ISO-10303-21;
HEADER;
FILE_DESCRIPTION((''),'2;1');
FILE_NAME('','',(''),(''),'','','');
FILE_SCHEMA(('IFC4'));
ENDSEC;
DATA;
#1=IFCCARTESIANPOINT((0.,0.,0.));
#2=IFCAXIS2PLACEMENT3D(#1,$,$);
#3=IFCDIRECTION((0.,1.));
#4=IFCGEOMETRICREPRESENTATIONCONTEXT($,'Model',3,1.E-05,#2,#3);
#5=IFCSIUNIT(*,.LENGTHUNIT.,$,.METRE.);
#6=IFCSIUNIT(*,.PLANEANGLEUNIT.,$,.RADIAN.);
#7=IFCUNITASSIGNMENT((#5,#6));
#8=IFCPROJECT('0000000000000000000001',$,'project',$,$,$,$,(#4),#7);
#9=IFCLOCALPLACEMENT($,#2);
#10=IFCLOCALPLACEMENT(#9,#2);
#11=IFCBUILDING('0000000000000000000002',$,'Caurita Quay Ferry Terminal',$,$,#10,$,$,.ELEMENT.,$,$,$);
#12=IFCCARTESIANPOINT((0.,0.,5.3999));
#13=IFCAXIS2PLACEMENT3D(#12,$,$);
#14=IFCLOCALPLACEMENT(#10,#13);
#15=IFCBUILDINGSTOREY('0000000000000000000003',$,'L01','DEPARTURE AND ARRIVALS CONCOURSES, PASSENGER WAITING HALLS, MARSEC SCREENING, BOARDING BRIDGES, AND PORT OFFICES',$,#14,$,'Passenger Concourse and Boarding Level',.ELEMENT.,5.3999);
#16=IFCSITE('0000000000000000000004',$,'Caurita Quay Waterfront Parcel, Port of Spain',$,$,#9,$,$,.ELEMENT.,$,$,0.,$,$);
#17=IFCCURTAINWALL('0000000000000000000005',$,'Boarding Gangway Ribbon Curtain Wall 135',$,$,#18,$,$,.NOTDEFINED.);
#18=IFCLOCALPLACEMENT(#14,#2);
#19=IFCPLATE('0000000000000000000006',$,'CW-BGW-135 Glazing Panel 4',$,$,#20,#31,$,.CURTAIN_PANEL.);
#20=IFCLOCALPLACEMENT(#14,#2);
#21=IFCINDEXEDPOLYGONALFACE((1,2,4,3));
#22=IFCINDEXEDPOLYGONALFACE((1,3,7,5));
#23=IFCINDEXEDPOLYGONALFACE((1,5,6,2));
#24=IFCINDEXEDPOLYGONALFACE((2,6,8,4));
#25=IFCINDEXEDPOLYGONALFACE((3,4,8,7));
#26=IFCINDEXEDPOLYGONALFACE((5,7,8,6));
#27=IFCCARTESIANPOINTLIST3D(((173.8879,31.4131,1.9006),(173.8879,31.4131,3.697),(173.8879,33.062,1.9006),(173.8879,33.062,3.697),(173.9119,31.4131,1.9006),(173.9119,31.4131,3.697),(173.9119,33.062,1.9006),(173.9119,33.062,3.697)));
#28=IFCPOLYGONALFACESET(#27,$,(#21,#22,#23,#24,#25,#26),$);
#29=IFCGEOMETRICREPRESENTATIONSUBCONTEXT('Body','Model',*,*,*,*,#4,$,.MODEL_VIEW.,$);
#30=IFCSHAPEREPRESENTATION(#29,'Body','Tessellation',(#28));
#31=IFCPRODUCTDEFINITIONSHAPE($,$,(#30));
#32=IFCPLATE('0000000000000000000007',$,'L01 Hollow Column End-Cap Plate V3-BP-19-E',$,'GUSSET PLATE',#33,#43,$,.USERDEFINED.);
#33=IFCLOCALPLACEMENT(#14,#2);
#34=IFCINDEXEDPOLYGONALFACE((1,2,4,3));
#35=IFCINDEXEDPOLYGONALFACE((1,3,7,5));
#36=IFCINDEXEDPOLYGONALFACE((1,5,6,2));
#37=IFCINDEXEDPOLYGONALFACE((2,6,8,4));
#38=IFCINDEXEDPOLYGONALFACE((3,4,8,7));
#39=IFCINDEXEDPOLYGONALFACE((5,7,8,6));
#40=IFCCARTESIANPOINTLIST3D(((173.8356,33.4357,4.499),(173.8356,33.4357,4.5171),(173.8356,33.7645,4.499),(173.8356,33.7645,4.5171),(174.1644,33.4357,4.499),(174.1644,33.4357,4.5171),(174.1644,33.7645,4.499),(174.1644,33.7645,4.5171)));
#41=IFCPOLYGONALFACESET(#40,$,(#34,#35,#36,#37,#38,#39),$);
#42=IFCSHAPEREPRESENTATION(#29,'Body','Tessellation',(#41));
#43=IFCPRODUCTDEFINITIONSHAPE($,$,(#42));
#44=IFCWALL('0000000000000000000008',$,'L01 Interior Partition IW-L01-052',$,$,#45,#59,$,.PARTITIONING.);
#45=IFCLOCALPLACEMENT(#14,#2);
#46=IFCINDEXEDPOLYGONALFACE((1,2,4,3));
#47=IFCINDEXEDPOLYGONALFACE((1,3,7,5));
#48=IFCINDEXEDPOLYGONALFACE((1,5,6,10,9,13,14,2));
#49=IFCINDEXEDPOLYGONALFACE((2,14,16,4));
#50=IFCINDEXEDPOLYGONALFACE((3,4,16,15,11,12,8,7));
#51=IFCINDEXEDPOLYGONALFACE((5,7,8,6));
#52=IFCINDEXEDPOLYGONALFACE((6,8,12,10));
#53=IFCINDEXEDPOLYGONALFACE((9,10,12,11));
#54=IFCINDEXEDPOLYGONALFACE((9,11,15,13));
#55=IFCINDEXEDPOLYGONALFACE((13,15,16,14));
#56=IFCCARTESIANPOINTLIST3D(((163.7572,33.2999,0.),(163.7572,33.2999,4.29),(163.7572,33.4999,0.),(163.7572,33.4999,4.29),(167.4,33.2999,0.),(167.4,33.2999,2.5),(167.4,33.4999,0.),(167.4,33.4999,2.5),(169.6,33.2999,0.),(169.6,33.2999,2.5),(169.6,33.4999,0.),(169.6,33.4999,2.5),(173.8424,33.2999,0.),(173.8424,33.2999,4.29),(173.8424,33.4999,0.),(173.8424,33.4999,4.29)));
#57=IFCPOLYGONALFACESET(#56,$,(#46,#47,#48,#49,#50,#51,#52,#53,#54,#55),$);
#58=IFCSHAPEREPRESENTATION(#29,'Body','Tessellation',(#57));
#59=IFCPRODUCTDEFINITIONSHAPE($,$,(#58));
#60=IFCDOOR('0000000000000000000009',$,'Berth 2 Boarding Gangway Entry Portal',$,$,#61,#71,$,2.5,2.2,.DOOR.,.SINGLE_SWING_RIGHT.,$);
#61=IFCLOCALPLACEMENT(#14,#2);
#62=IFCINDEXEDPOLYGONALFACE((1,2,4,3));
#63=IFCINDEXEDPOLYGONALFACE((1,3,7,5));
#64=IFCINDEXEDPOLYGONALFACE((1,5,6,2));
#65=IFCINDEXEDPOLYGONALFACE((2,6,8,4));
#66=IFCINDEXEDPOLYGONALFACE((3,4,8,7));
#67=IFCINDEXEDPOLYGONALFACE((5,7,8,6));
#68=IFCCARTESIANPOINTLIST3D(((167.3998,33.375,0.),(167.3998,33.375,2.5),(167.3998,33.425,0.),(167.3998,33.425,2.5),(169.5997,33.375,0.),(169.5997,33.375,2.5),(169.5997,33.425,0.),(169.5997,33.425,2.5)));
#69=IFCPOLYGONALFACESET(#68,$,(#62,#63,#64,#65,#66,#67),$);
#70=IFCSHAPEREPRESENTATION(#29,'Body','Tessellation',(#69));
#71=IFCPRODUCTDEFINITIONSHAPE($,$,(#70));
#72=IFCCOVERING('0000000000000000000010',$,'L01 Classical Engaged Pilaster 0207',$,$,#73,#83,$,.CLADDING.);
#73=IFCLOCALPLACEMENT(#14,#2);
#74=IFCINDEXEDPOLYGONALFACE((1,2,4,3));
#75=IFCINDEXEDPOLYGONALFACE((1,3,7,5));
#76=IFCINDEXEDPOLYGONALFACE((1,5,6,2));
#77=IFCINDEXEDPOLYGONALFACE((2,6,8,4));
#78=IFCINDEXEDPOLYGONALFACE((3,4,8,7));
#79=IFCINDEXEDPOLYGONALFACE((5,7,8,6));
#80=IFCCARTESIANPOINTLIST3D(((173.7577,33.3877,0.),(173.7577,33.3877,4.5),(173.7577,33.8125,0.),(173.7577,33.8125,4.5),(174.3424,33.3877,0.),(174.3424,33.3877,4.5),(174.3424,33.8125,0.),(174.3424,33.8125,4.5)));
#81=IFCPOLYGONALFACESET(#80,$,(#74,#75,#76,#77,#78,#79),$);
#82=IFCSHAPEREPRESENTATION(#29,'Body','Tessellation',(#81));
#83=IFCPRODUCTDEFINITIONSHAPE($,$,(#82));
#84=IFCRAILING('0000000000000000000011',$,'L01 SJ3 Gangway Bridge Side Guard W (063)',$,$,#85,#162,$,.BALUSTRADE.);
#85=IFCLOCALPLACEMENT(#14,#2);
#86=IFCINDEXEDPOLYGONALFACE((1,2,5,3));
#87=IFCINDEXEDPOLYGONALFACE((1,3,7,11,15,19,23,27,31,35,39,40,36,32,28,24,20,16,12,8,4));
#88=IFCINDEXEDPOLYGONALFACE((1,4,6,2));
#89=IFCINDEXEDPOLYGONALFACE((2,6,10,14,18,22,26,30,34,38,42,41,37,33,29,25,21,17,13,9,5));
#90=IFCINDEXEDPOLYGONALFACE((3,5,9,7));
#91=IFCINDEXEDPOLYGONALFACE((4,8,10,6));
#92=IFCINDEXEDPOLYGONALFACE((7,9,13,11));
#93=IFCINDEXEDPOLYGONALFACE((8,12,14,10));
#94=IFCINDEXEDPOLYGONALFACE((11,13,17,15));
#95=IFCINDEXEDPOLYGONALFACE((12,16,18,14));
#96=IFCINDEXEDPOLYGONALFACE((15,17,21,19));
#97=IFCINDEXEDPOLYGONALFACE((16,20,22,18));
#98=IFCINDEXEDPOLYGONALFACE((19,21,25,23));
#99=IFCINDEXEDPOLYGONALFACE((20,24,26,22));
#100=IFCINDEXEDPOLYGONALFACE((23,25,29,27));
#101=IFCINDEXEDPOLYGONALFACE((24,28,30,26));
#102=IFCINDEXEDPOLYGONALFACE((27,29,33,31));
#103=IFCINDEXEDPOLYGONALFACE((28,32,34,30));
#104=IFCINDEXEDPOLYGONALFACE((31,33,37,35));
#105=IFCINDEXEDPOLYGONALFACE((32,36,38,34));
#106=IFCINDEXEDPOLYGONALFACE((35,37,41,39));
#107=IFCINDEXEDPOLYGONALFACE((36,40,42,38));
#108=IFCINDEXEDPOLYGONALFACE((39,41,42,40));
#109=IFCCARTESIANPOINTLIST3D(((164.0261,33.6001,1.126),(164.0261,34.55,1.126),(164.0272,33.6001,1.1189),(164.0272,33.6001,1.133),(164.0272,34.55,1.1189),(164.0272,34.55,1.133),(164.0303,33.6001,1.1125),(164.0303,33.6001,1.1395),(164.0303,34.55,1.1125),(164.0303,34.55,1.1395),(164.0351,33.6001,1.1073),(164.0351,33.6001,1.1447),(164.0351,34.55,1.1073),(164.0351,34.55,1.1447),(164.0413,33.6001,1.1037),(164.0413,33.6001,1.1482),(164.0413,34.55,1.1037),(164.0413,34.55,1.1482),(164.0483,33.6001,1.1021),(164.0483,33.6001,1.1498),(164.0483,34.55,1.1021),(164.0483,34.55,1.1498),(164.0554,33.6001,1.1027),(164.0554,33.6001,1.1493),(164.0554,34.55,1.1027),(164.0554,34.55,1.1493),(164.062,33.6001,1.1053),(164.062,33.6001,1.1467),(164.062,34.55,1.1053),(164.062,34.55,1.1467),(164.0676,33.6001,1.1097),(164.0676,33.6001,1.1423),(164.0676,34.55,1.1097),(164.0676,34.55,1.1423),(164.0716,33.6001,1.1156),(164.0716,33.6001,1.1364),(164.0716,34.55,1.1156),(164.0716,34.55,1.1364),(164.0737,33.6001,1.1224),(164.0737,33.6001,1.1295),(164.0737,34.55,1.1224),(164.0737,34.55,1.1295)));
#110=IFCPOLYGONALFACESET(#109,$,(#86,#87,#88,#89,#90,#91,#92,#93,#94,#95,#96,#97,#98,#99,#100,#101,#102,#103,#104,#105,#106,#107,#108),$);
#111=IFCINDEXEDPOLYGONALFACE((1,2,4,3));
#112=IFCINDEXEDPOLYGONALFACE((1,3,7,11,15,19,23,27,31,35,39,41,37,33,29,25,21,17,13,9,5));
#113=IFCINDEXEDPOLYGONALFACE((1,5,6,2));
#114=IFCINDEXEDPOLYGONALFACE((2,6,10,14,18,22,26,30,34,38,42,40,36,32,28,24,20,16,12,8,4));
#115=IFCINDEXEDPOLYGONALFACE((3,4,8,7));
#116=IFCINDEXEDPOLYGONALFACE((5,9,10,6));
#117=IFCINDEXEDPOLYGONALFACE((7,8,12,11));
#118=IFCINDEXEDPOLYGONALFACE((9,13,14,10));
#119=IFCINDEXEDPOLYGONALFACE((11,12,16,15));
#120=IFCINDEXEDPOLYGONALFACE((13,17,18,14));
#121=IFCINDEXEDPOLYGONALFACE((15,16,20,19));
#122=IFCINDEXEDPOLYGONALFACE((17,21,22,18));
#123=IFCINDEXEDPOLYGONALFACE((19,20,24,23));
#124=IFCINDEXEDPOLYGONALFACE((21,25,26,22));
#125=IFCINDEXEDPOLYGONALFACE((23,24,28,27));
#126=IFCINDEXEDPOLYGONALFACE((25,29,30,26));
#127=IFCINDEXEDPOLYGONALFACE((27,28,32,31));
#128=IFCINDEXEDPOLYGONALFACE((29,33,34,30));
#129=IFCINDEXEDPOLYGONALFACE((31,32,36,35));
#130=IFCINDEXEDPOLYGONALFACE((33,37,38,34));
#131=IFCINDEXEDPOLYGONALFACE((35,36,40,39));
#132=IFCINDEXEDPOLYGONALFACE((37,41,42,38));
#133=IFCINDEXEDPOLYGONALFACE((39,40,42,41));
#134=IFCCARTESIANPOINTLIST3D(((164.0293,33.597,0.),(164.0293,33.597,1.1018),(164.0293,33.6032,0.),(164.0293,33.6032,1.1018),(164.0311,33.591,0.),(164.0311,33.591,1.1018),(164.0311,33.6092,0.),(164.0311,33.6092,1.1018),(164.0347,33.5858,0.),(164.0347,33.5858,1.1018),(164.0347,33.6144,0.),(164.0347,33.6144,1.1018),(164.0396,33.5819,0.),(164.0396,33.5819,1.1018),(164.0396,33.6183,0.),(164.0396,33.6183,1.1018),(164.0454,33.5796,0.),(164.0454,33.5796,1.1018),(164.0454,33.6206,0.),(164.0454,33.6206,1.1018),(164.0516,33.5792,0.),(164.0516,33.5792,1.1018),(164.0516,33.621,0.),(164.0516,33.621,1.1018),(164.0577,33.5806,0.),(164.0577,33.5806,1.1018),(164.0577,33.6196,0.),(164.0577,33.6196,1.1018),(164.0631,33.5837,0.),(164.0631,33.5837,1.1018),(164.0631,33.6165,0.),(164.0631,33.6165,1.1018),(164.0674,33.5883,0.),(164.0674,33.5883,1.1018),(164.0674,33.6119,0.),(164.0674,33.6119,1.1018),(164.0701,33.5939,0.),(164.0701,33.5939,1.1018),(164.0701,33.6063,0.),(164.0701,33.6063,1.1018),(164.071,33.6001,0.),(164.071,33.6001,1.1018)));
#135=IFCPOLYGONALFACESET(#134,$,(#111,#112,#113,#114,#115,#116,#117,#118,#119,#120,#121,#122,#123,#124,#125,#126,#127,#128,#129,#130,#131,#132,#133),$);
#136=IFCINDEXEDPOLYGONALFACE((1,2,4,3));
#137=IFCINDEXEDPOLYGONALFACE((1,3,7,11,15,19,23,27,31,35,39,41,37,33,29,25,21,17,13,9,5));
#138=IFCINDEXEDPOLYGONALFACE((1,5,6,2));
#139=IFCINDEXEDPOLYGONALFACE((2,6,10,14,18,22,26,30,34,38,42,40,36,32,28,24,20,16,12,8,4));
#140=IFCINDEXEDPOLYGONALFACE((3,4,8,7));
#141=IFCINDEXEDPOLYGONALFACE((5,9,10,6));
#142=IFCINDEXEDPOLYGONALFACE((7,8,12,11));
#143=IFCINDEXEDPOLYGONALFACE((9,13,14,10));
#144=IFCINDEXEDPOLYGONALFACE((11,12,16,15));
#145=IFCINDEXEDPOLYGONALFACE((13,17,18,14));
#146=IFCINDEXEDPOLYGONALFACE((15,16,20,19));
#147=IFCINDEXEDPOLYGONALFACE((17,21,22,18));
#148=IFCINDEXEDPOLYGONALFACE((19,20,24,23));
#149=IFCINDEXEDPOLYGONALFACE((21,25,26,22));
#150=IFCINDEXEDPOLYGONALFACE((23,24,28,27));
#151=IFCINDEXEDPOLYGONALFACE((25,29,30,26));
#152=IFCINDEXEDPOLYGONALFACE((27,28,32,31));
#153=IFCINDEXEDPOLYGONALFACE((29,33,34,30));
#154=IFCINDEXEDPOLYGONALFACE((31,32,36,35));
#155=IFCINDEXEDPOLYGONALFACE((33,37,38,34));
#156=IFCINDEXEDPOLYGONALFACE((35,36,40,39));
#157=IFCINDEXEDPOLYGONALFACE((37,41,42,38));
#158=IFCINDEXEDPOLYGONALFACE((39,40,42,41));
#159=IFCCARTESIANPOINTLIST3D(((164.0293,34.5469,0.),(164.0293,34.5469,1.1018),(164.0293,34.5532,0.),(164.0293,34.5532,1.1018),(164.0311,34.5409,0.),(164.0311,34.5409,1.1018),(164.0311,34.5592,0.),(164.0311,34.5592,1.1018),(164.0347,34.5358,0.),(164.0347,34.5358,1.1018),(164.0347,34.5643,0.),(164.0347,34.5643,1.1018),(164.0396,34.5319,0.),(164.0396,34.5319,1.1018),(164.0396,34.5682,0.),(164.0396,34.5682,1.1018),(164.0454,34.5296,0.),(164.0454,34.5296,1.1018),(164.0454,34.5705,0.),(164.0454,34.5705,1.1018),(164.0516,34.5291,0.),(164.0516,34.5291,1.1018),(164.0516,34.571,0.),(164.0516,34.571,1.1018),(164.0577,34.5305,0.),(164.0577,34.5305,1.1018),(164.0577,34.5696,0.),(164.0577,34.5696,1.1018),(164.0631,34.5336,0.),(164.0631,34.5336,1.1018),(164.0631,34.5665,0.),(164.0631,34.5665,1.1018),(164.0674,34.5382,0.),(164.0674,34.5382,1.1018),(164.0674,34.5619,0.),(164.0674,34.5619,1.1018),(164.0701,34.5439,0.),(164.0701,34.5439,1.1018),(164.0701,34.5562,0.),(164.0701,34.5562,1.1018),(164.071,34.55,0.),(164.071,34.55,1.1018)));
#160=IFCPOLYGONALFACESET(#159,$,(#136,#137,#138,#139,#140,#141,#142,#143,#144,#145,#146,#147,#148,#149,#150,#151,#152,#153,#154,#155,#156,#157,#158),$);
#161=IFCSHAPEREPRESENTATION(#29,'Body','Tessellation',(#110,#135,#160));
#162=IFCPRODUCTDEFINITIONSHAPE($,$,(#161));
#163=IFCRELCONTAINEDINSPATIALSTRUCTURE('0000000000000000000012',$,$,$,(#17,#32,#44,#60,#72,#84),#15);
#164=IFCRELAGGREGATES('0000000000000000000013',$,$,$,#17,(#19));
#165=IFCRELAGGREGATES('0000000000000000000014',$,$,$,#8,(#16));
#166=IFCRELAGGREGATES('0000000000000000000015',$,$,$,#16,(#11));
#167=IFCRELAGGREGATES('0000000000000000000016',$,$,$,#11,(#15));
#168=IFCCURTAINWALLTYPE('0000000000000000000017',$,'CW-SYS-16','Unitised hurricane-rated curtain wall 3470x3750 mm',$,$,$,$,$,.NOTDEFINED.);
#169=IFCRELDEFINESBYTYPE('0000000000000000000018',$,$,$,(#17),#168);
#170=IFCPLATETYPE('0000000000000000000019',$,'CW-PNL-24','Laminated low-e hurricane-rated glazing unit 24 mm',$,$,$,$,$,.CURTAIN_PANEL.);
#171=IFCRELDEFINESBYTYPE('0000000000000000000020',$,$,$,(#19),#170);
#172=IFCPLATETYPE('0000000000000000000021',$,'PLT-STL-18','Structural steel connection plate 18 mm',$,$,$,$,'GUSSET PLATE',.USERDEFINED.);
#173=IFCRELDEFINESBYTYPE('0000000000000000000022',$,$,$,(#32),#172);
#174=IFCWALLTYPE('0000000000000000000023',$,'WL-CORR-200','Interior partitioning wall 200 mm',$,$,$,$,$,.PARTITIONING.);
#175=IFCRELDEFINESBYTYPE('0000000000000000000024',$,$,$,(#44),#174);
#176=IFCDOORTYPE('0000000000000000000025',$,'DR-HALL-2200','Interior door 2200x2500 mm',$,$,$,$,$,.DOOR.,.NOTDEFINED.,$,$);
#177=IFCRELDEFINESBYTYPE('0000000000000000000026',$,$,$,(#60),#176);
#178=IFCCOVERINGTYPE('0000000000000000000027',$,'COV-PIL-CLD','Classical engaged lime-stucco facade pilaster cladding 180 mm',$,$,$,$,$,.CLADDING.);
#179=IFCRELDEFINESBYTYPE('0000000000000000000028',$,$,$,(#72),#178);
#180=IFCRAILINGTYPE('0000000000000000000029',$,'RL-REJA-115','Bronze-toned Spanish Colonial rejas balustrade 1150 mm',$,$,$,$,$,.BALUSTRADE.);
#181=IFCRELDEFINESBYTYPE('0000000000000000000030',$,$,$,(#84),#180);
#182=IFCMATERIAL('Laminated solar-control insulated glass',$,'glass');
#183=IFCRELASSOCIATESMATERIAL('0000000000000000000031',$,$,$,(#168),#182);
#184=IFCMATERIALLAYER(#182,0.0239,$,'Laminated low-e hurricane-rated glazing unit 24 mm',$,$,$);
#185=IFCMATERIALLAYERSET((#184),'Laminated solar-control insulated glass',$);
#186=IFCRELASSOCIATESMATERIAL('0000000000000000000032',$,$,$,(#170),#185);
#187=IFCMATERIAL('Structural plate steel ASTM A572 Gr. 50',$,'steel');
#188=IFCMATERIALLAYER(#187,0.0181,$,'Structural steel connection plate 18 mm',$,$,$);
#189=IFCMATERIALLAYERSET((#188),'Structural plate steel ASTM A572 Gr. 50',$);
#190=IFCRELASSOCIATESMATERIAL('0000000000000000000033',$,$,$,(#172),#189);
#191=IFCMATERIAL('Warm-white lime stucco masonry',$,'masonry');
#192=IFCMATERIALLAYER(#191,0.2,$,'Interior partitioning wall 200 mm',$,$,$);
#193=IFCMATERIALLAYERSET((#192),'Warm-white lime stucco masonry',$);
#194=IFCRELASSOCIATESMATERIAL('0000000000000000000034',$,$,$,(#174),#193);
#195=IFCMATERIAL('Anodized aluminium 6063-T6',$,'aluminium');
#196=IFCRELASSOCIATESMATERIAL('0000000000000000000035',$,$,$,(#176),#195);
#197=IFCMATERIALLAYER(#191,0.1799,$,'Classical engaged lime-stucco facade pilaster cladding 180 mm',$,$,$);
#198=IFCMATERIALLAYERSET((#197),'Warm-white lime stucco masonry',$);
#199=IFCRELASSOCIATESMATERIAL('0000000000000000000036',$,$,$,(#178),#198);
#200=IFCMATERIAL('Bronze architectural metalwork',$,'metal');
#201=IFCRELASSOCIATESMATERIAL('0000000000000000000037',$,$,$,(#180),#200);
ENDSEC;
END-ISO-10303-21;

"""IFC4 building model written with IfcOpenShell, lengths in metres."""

from ifc_helpers import new_model, si_unit, direction, frame, frame_2d, origin, origin_2d, place, context, subcontext, project, spatial, rectangle, circle, extrude, material, layer, layer_set, type_object, element, fill, aggregate, save


model = new_model("IFC4")

# Units and contexts
model_context = context("Model", 3, precision=1e-05, world=origin(), true_north=direction((0.0, 1.0)))
body_context = subcontext(model_context, "Body", "Model", "MODEL_VIEW")
ifc_project = project(units=[si_unit("LENGTHUNIT", "METRE"), si_unit("PLANEANGLEUNIT", "RADIAN")], contexts=[model_context])

# Site, building, storey
site_placement = place(None, origin())
site = spatial("IfcSite", under=ifc_project, at=site_placement, Name="Caurita Quay Waterfront Parcel, Port of Spain", CompositionType="ELEMENT", RefElevation=0.0)
building_placement = place(site_placement, origin())
building = spatial("IfcBuilding", under=site, at=building_placement, Name="Caurita Quay Ferry Terminal", CompositionType="ELEMENT")
storey_placement = place(building_placement, frame((0.0, 0.0, 5.3999)))
storey = spatial("IfcBuildingStorey", under=building, at=storey_placement, Name="L01", Description="DEPARTURE AND ARRIVALS CONCOURSES, PASSENGER WAITING HALLS, MARSEC SCREENING, BOARDING BRIDGES, AND PORT OFFICES", LongName="Passenger Concourse and Boarding Level", CompositionType="ELEMENT", Elevation=5.3999)

# Curtain wall
ifc_material_1 = material(Name="Laminated solar-control insulated glass", Category="glass")
curtain_wall_type = type_object("IfcCurtainWallType", Name="CW-SYS-16", Description="Unitised hurricane-rated curtain wall 3470x3750 mm", PredefinedType="NOTDEFINED", material=ifc_material_1)
ifc_material_2 = material(Name="Anodized aluminium 6063-T6", Category="aluminium")
curtain_wall_1_placement = place(storey_placement, origin())
curtain_wall_1 = element("IfcCurtainWall", 1, at=curtain_wall_1_placement, inside=storey, type_object=curtain_wall_type, Name="Boarding Gangway Ribbon Curtain Wall 135", PredefinedType="NOTDEFINED")

# Plates
ifc_layer_1 = layer(ifc_material_1, 0.0239, Name="Laminated low-e hurricane-rated glazing unit 24 mm")
ifc_layer_set_1 = layer_set([ifc_layer_1], Name="Laminated solar-control insulated glass")
plate_type_1 = type_object("IfcPlateType", Name="CW-PNL-24", Description="Laminated low-e hurricane-rated glazing unit 24 mm", PredefinedType="CURTAIN_PANEL", material=ifc_layer_set_1)
plate_1_placement = place(storey_placement, frame((173.8999, 32.2375, 1.9006), z_axis=(0.0, 0.0, 1.0), x_axis=(0.0, 1.0, 0.0)))
plate_1 = element("IfcPlate", 2, at=plate_1_placement, type_object=plate_type_1, Name="CW-BGW-135 Glazing Panel 4", PredefinedType="CURTAIN_PANEL", context=body_context, shape_type="SweptSolid", body=[
    extrude(rectangle(XDim=1.6489, YDim=0.0239, at=origin_2d()), origin(), (0.0, 0.0, 1.0), 1.7964),
])
aggregate(curtain_wall_1, [plate_1])
ifc_material_3 = material(Name="Structural plate steel ASTM A572 Gr. 50", Category="steel")
ifc_layer_2 = layer(ifc_material_3, 0.0181, Name="Structural steel connection plate 18 mm")
ifc_layer_set_2 = layer_set([ifc_layer_2], Name="Structural plate steel ASTM A572 Gr. 50")
plate_type_2 = type_object("IfcPlateType", Name="PLT-STL-18", Description="Structural steel connection plate 18 mm", ElementType="GUSSET PLATE", PredefinedType="USERDEFINED", material=ifc_layer_set_2)
plate_2_placement = place(storey_placement, frame((174.0, 33.6001, 4.499), z_axis=(0.0, 0.0, 1.0), x_axis=(1.0, 0.0, 0.0)))
element("IfcPlate", 3, at=plate_2_placement, inside=storey, type_object=plate_type_2, Name="L01 Hollow Column End-Cap Plate V3-BP-19-E", ObjectType="GUSSET PLATE", PredefinedType="USERDEFINED", context=body_context, shape_type="SweptSolid", body=[
    extrude(rectangle(XDim=0.3289, YDim=0.3289, at=origin_2d()), origin(), (0.0, 0.0, 1.0), 0.0181),
])

# Wall, opening, door
ifc_material_4 = material(Name="Warm-white lime stucco masonry", Category="masonry")
ifc_layer_3 = layer(ifc_material_4, 0.2, Name="Interior partitioning wall 200 mm")
ifc_layer_set_3 = layer_set([ifc_layer_3], Name="Warm-white lime stucco masonry")
wall_type = type_object("IfcWallType", Name="WL-CORR-200", Description="Interior partitioning wall 200 mm", PredefinedType="PARTITIONING", material=ifc_layer_set_3)
wall_placement = place(storey_placement, frame((163.7573, 33.3999, 0.0), z_axis=(0.0, 0.0, 1.0), x_axis=(1.0, 0.0, 0.0)))
wall = element("IfcWall", 4, at=wall_placement, inside=storey, type_object=wall_type, Name="L01 Interior Partition IW-L01-052", PredefinedType="PARTITIONING", context=body_context, shape_type="SweptSolid", body=[
    extrude(rectangle(XDim=10.0852, YDim=0.2, at=frame_2d((5.0425, 0.0))), origin(), (0.0, 0.0, 1.0), 4.29),
])
opening_placement = place(wall_placement, frame((3.6426, 0.0, 0.0)))
opening = element("IfcOpeningElement", 5, at=opening_placement, cuts=wall, PredefinedType="OPENING", context=body_context, shape_type="SweptSolid", body=[
    extrude(rectangle(XDim=2.2, YDim=2.5, at=frame_2d((1.1001, 1.25))), frame((0.0, 0.1099, 0.0), z_axis=(0.0, -1.0, 0.0), x_axis=(1.0, 0.0, 0.0)), (0.0, 0.0, 1.0), 0.22),
])
door_type = type_object("IfcDoorType", Name="DR-HALL-2200", Description="Interior door 2200x2500 mm", OperationType="NOTDEFINED", PredefinedType="DOOR", material=ifc_material_2)
door_placement = place(opening_placement, frame((2.2, 0.0, 0.0), z_axis=(0.0, 0.0, 1.0), x_axis=(-1.0, 0.0, 0.0)))
door = element("IfcDoor", 6, at=door_placement, inside=storey, type_object=door_type, Name="Berth 2 Boarding Gangway Entry Portal", OperationType="SINGLE_SWING_RIGHT", OverallHeight=2.5, OverallWidth=2.2, PredefinedType="DOOR", context=body_context, shape_type="SweptSolid", body=[
    extrude(rectangle(XDim=2.2, YDim=2.5, at=frame_2d((1.1001, 1.25))), frame((0.0, 0.0249, 0.0), z_axis=(0.0, -1.0, 0.0), x_axis=(1.0, 0.0, 0.0)), (0.0, 0.0, 1.0), 0.05),
])
fill(opening, door)

# Covering
ifc_layer_4 = layer(ifc_material_4, 0.1799, Name="Classical engaged lime-stucco facade pilaster cladding 180 mm")
ifc_layer_set_4 = layer_set([ifc_layer_4], Name="Warm-white lime stucco masonry")
covering_type = type_object("IfcCoveringType", Name="COV-PIL-CLD", Description="Classical engaged lime-stucco facade pilaster cladding 180 mm", PredefinedType="CLADDING", material=ifc_layer_set_4)
covering_placement = place(storey_placement, frame((174.05, 33.6001, 0.0), z_axis=(0.0, 0.0, 1.0), x_axis=(1.0, 0.0, 0.0)))
element("IfcCovering", 7, at=covering_placement, inside=storey, type_object=covering_type, Name="L01 Classical Engaged Pilaster 0207", PredefinedType="CLADDING", context=body_context, shape_type="SweptSolid", body=[
    extrude(rectangle(XDim=0.5847, YDim=0.4248, at=origin_2d()), origin(), (0.0, 0.0, 1.0), 4.5),
])

# Railing
ifc_material_5 = material(Name="Bronze architectural metalwork", Category="metal")
railing_type = type_object("IfcRailingType", Name="RL-REJA-115", Description="Bronze-toned Spanish Colonial rejas balustrade 1150 mm", PredefinedType="BALUSTRADE", material=ifc_material_5)
for number, where, name in (
    (8, (164.05, 33.6001, 0.0), "L01 SJ3 Gangway Bridge Side Guard W (063)"),
):
    element("IfcRailing", number, at=place(storey_placement, frame(where)), inside=storey, type_object=railing_type, Name=name, PredefinedType="BALUSTRADE", context=body_context, shape_type="SweptSolid", body=[
        extrude(circle(Radius=0.0239, at=origin_2d()), frame((0.0, 0.0, 1.126), z_axis=(0.0, 1.0, 0.0), x_axis=(-1.0, 0.0, 0.0)), (0.0, 0.0, 1.0), 0.95),
        extrude(circle(Radius=0.021, at=origin_2d()), origin(), (0.0, 0.0, 1.0), 1.1018),
        extrude(circle(Radius=0.021, at=origin_2d()), frame((0.0, 0.95, 0.0)), (0.0, 0.0, 1.0), 1.1018),
    ])

save(model, "model.ifc")
